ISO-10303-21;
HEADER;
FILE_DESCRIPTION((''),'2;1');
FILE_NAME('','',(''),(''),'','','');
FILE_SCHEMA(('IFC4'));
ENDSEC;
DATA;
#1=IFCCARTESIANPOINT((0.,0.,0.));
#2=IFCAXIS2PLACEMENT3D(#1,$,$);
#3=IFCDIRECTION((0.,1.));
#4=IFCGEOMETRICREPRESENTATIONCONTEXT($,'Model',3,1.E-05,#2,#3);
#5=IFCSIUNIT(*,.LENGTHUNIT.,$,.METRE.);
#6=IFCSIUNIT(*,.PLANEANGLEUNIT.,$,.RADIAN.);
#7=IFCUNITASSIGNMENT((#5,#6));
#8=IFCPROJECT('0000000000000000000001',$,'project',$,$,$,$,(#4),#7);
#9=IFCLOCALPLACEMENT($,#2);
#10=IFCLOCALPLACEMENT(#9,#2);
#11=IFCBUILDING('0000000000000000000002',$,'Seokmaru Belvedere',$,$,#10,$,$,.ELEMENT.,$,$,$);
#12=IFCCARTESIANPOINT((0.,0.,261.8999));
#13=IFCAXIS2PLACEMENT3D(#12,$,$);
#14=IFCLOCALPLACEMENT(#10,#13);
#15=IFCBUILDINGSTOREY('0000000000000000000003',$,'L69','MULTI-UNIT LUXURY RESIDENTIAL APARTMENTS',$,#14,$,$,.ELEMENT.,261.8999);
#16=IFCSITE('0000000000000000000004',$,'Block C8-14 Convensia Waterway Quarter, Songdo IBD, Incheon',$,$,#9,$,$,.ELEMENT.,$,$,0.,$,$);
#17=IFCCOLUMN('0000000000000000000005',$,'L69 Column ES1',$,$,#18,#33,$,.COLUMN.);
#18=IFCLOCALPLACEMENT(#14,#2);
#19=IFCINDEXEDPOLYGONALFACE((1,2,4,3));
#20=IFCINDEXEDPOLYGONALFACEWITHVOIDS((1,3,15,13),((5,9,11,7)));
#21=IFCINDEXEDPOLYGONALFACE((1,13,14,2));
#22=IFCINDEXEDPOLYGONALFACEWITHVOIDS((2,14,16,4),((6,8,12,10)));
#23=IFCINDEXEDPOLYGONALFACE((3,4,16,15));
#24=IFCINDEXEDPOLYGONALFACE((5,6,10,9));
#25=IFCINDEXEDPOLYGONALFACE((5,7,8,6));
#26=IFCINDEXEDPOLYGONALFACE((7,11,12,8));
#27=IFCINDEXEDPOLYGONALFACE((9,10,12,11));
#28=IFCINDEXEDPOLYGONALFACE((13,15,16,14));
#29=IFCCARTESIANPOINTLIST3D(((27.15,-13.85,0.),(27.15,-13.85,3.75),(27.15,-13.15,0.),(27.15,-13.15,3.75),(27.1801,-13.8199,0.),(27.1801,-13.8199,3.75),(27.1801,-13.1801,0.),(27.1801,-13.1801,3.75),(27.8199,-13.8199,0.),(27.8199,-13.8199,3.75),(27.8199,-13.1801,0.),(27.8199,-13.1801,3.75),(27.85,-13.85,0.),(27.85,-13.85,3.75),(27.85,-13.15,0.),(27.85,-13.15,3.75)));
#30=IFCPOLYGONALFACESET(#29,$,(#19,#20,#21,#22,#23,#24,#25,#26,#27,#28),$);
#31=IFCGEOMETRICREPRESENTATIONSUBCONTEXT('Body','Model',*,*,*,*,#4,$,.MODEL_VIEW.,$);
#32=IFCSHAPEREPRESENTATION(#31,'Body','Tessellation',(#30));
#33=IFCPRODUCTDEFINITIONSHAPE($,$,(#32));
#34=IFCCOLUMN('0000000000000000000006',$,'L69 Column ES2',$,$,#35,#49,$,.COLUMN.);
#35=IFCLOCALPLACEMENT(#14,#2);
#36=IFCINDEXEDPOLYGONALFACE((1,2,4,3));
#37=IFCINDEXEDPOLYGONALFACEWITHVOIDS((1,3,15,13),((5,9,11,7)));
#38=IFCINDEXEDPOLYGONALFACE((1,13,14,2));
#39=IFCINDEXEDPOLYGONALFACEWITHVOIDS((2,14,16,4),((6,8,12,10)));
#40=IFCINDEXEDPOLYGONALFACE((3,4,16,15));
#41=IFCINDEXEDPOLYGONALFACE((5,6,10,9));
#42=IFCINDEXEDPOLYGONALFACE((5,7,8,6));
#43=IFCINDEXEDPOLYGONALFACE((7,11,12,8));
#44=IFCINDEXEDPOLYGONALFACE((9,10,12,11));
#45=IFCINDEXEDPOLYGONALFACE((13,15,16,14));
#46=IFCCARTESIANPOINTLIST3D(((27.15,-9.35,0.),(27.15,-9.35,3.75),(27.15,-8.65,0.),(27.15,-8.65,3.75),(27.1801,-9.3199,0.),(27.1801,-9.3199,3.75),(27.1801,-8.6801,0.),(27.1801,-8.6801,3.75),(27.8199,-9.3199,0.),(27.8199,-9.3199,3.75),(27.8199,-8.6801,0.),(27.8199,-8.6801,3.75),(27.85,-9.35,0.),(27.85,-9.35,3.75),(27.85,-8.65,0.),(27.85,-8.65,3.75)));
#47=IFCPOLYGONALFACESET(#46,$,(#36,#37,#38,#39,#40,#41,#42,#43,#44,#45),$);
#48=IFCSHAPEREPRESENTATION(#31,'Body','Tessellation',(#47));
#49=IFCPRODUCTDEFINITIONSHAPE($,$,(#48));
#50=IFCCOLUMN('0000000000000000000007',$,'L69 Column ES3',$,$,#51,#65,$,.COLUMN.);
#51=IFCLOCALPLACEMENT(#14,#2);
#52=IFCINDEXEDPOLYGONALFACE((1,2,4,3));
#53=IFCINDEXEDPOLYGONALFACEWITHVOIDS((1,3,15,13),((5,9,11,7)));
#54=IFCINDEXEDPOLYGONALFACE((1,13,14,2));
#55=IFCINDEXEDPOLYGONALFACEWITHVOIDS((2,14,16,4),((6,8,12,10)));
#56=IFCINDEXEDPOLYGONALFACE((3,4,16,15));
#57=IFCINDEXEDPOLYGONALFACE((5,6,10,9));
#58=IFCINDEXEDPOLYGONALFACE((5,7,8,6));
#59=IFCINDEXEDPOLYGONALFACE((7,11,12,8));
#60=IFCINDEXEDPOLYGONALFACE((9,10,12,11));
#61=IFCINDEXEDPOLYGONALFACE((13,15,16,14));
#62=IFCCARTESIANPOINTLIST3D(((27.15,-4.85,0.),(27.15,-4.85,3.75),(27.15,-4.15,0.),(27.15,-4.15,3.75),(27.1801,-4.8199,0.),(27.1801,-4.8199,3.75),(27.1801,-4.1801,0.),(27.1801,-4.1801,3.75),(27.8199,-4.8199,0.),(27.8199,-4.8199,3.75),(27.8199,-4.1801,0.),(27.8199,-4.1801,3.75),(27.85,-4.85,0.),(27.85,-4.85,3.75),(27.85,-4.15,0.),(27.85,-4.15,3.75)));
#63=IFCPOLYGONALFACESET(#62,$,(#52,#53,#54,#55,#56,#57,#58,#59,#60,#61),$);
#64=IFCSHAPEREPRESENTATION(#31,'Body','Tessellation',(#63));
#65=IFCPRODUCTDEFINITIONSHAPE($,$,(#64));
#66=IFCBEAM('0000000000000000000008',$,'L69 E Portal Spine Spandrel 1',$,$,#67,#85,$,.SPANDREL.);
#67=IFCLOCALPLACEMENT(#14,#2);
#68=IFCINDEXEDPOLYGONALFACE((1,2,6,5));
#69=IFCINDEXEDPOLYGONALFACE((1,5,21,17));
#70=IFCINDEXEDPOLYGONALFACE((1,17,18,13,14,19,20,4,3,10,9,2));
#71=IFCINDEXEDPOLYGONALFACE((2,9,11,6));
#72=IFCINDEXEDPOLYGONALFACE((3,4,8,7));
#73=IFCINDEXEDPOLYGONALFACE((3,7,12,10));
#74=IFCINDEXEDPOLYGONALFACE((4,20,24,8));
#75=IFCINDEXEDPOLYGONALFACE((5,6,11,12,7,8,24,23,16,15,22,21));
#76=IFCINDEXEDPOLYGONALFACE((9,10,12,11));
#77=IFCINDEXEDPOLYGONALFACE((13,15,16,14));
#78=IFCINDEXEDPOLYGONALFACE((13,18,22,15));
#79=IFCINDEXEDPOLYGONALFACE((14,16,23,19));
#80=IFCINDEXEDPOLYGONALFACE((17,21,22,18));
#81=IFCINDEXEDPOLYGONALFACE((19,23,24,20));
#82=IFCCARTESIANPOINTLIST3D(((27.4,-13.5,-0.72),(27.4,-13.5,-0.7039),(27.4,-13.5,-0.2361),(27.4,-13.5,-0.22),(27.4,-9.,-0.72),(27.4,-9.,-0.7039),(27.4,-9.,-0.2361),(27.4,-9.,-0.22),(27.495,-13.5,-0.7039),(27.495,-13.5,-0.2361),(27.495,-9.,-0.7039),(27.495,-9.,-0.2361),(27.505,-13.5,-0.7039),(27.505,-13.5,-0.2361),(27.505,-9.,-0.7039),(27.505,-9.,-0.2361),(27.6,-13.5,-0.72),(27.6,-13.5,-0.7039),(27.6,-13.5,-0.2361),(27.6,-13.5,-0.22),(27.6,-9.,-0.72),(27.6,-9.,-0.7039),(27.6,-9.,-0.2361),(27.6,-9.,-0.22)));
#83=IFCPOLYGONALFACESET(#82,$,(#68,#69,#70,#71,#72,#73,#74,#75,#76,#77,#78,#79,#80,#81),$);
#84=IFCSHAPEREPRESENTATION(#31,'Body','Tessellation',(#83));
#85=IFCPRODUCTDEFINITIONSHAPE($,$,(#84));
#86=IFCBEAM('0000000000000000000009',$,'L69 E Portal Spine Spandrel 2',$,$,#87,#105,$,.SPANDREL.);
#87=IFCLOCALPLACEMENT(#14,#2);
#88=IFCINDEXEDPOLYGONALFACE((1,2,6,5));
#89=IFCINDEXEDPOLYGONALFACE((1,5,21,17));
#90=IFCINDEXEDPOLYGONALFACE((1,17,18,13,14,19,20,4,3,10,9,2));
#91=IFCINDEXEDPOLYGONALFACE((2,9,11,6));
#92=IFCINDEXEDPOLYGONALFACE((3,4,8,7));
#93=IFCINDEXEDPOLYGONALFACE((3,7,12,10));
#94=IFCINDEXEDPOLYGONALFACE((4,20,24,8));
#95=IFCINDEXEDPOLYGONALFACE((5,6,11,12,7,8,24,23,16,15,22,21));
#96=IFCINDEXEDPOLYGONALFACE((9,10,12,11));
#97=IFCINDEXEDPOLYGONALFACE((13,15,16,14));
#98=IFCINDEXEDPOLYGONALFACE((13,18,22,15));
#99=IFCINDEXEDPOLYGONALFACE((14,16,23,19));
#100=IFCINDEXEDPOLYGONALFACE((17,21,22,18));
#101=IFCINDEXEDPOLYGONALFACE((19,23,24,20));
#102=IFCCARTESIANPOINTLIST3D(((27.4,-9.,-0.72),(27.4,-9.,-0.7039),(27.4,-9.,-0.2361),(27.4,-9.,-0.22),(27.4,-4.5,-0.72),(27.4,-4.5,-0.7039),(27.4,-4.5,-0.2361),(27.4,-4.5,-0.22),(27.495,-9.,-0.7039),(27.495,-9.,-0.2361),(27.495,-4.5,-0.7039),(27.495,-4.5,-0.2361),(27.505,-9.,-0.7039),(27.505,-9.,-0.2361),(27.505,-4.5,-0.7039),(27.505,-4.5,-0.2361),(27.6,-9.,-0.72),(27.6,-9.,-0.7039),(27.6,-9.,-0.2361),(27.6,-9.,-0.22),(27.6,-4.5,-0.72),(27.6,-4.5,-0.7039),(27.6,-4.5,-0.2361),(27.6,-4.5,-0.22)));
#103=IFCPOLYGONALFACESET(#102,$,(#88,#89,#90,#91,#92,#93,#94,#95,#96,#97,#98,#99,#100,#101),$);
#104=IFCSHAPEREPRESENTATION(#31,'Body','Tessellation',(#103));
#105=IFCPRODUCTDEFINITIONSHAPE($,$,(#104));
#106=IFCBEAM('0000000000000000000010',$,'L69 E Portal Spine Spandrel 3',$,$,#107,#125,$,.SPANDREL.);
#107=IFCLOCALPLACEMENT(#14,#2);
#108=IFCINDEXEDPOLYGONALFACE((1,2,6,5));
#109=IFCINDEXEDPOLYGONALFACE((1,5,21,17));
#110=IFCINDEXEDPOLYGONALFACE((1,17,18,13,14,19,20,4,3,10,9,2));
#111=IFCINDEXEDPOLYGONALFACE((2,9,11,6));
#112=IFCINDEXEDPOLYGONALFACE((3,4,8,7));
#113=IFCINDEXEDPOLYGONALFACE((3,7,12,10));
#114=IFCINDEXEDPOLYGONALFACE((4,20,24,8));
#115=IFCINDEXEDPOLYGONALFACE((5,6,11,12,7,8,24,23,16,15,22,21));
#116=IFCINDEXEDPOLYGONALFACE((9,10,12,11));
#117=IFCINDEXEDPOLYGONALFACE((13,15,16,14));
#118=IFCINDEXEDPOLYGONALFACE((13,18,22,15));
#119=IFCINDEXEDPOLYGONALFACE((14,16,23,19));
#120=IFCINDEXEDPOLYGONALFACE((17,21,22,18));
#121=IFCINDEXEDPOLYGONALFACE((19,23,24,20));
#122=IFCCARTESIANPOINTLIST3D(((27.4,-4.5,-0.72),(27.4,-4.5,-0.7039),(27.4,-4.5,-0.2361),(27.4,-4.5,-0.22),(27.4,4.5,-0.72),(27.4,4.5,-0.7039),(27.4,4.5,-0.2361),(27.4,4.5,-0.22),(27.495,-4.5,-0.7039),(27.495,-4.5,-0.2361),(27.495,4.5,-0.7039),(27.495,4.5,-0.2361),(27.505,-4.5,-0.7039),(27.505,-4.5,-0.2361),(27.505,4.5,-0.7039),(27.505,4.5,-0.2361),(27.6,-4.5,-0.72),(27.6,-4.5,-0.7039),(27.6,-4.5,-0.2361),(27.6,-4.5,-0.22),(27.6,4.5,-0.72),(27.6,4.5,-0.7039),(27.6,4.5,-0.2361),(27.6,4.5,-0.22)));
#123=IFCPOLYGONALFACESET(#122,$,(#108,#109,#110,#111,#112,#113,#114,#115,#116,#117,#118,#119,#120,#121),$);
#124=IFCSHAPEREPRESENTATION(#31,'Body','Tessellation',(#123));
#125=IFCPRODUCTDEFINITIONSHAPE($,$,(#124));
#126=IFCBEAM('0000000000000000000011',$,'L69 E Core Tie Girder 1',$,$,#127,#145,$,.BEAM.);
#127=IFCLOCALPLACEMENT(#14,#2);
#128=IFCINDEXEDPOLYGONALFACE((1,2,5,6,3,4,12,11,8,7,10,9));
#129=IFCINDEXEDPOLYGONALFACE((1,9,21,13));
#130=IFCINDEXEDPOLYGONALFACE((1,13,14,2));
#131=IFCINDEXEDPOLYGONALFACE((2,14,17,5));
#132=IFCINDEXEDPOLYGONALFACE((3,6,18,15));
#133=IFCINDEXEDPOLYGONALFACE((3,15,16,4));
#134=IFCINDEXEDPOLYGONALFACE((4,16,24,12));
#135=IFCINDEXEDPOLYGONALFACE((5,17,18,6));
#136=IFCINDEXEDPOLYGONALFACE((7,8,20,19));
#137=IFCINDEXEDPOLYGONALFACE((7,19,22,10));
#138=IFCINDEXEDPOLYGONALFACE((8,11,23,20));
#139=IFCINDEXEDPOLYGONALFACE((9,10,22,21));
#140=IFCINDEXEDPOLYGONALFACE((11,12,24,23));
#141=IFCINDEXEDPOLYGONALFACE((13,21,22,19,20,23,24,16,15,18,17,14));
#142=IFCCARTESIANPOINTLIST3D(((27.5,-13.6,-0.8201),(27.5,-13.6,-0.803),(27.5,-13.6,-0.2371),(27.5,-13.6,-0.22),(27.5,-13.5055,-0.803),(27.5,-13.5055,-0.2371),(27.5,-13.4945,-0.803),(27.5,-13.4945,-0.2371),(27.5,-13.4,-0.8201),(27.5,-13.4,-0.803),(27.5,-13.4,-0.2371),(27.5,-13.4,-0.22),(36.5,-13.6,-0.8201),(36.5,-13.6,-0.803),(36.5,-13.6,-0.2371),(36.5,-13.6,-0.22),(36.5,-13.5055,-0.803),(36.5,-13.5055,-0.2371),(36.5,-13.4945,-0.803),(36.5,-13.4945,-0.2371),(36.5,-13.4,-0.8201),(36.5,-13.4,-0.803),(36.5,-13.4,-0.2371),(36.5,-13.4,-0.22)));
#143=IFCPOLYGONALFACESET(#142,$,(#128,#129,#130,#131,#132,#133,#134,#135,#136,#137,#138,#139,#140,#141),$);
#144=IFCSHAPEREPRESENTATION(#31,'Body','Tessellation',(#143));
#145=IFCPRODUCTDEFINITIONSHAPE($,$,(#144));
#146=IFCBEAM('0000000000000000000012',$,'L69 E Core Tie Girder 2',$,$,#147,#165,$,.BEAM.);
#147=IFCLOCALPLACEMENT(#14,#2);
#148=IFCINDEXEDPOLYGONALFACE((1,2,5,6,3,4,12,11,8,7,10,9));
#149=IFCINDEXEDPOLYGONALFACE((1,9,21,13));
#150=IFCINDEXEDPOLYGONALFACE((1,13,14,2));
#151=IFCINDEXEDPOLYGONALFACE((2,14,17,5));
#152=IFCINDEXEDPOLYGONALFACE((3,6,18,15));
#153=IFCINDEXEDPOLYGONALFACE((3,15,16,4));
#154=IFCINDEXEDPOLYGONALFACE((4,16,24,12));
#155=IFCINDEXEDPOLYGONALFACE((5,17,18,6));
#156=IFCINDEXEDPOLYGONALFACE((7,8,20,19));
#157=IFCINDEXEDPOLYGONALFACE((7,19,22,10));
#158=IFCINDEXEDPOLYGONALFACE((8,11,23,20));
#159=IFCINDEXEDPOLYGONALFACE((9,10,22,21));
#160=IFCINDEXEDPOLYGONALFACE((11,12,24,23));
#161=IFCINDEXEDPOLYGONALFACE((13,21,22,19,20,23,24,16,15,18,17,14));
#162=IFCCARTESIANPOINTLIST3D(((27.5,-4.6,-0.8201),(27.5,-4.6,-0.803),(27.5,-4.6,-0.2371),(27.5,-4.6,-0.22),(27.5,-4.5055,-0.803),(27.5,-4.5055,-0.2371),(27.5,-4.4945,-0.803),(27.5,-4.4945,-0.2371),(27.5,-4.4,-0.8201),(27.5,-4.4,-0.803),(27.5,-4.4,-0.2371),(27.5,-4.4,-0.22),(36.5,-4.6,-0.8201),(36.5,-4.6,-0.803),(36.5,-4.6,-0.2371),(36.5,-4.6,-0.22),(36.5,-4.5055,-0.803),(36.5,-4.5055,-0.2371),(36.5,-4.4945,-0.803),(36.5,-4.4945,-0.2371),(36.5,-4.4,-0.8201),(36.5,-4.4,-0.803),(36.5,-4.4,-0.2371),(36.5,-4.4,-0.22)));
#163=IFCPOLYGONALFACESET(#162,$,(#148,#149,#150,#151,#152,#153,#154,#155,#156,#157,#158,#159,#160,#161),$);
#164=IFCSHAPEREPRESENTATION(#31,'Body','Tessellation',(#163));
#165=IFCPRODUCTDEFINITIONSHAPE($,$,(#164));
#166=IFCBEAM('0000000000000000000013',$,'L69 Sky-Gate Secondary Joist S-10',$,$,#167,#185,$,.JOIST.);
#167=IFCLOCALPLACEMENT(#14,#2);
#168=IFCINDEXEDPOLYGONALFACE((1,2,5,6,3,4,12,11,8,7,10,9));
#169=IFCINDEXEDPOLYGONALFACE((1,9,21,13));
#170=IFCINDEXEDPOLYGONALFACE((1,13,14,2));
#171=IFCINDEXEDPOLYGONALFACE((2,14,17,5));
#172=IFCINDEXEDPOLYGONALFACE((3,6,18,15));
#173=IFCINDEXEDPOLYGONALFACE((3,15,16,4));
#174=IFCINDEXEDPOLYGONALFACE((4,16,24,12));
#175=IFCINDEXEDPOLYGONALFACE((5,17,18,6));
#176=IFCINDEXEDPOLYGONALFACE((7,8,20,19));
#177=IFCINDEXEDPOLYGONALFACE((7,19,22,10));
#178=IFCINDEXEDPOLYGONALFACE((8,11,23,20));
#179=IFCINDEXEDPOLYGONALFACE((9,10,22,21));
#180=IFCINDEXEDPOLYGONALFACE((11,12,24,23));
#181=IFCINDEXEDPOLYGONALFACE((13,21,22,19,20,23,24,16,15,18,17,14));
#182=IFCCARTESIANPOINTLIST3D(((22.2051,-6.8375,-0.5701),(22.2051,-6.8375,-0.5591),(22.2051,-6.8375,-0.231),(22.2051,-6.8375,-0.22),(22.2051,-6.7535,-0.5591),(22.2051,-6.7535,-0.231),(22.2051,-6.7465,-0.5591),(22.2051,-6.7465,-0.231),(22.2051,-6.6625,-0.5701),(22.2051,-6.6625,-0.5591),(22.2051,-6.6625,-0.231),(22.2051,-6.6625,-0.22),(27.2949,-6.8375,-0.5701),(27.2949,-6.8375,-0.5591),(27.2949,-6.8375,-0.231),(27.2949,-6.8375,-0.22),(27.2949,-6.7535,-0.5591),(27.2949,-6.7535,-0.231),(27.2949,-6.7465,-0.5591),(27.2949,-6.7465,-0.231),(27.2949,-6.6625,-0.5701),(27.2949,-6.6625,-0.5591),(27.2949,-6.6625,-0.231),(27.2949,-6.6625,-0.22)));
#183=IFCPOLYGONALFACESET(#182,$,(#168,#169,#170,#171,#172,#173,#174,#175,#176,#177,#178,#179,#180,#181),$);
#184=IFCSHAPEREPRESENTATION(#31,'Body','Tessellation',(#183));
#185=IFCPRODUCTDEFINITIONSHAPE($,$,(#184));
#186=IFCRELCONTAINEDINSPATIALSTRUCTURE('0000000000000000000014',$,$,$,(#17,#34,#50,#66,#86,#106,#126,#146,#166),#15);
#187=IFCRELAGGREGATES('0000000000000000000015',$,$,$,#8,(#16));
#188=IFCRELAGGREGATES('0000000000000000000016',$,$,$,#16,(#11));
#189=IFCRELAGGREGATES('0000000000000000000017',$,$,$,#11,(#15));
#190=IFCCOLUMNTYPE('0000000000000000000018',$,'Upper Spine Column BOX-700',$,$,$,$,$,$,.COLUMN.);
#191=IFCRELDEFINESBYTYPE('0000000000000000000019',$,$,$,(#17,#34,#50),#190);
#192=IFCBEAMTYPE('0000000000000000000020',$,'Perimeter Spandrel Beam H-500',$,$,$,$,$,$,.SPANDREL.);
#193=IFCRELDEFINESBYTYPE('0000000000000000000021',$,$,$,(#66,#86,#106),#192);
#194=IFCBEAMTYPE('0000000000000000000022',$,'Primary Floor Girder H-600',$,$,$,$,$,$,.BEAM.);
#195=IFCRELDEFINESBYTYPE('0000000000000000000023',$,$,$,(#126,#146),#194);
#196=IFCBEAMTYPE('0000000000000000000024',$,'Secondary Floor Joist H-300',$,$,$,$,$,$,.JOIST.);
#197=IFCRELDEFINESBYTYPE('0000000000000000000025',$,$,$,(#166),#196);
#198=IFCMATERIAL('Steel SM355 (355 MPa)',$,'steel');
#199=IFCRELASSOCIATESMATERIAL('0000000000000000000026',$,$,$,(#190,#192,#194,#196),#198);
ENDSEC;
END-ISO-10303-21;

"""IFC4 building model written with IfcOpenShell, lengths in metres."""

from ifc_helpers import new_model, si_unit, direction, frame, origin, origin_2d, place, context, subcontext, project, spatial, hollow_rectangle, i_section, extrude, source, transform, mapped, material, material_profile, profile_set, type_object, type_shapes, element, save


model = new_model("IFC4")

# Units and contexts
model_context = context("Model", 3, precision=1e-05, world=origin(), true_north=direction((0.0, 1.0)))
body_context = subcontext(model_context, "Body", "Model", "MODEL_VIEW")
ifc_project = project(units=[si_unit("LENGTHUNIT", "METRE"), si_unit("PLANEANGLEUNIT", "RADIAN")], contexts=[model_context])

# Site, building, storey
site_placement = place(None, origin())
site = spatial("IfcSite", under=ifc_project, at=site_placement, Name="Block C8-14 Convensia Waterway Quarter, Songdo IBD, Incheon", CompositionType="ELEMENT", RefElevation=0.0)
building_placement = place(site_placement, origin())
building = spatial("IfcBuilding", under=site, at=building_placement, Name="Seokmaru Belvedere", CompositionType="ELEMENT")
storey_placement = place(building_placement, frame((0.0, 0.0, 261.8999)))
storey = spatial("IfcBuildingStorey", under=building, at=storey_placement, Name="L69", Description="MULTI-UNIT LUXURY RESIDENTIAL APARTMENTS", CompositionType="ELEMENT", Elevation=261.8999)

# Columns
ifc_material_1 = material(Name="Steel SM355 (355 MPa)", Category="steel")
ifc_material_profile_1 = material_profile(ifc_material_1, hollow_rectangle(XDim=0.7, YDim=0.7, WallThickness=0.03, at=origin_2d()), Name="BOX-700x700x30")
ifc_profile_set_1 = profile_set([ifc_material_profile_1], Name="Steel SM355 (355 MPa)")
column_type = type_object("IfcColumnType", Name="Upper Spine Column BOX-700", PredefinedType="COLUMN", material=ifc_profile_set_1)
shared_shape_1 = source(origin(), body_context, "Body", "SweptSolid", [
    extrude(hollow_rectangle(XDim=0.7, YDim=0.7, WallThickness=0.03, at=origin_2d()), origin(), (0.0, 0.0, 1.0), 3.75),
])
type_shapes(column_type, [shared_shape_1])
for number, where, z_axis, x_axis, name in (
    (1, (27.5, -13.5, 0.0), (0.0, 0.0, 1.0), (1.0, 0.0, 0.0), "L69 Column ES1"),
    (2, (27.5, -9.0, 0.0), (0.0, 0.0, 1.0), (1.0, 0.0, 0.0), "L69 Column ES2"),
    (3, (27.5, -4.5, 0.0), (0.0, 0.0, 1.0), (1.0, 0.0, 0.0), "L69 Column ES3"),
):
    element("IfcColumn", number, at=place(storey_placement, frame(where, z_axis=z_axis, x_axis=x_axis)), inside=storey, type_object=column_type, Name=name, PredefinedType="COLUMN", context=body_context, shape_type="MappedRepresentation", body=[
        mapped(shared_shape_1, transform((0.0, 0.0, 0.0), scale=1.0)),
    ])

# Beams
ifc_material_profile_2 = material_profile(ifc_material_1, i_section(OverallWidth=0.2, OverallDepth=0.5, WebThickness=0.01, FlangeThickness=0.0161, at=origin_2d()), Name="H-500x200x10x16")
ifc_profile_set_2 = profile_set([ifc_material_profile_2], Name="Steel SM355 (355 MPa)")
beam_type_1 = type_object("IfcBeamType", Name="Perimeter Spandrel Beam H-500", PredefinedType="SPANDREL", material=ifc_profile_set_2)
shared_shape_2 = source(origin(), body_context, "Body", "SweptSolid", [
    extrude(i_section(OverallWidth=0.2, OverallDepth=0.5, WebThickness=0.01, FlangeThickness=0.0161, at=origin_2d()), origin(), (0.0, 0.0, 1.0), 4.5),
])
for number, where, z_axis, x_axis, name in (
    (4, (27.5, -13.5, -0.47), (0.0, 1.0, 0.0), (-1.0, 0.0, 0.0), "L69 E Portal Spine Spandrel 1"),
    (5, (27.5, -9.0, -0.47), (0.0, 1.0, 0.0), (-1.0, 0.0, 0.0), "L69 E Portal Spine Spandrel 2"),
):
    element("IfcBeam", number, at=place(storey_placement, frame(where, z_axis=z_axis, x_axis=x_axis)), inside=storey, type_object=beam_type_1, Name=name, PredefinedType="SPANDREL", context=body_context, shape_type="MappedRepresentation", body=[
        mapped(shared_shape_2, transform((0.0, 0.0, 0.0), scale=1.0)),
    ])
shared_shape_3 = source(origin(), body_context, "Body", "SweptSolid", [
    extrude(i_section(OverallWidth=0.2, OverallDepth=0.5, WebThickness=0.01, FlangeThickness=0.0161, at=origin_2d()), origin(), (0.0, 0.0, 1.0), 9.0),
])
type_shapes(beam_type_1, [shared_shape_2, shared_shape_3])
beam_1_placement = place(storey_placement, frame((27.5, -4.5, -0.47), z_axis=(0.0, 1.0, 0.0), x_axis=(-1.0, 0.0, 0.0)))
element("IfcBeam", 6, at=beam_1_placement, inside=storey, type_object=beam_type_1, Name="L69 E Portal Spine Spandrel 3", PredefinedType="SPANDREL", context=body_context, shape_type="MappedRepresentation", body=[
    mapped(shared_shape_3, transform((0.0, 0.0, 0.0), scale=1.0)),
])
ifc_material_profile_3 = material_profile(ifc_material_1, i_section(OverallWidth=0.2, OverallDepth=0.6001, WebThickness=0.011, FlangeThickness=0.0171, at=origin_2d()), Name="H-600x200x11x17")
ifc_profile_set_3 = profile_set([ifc_material_profile_3], Name="Steel SM355 (355 MPa)")
beam_type_2 = type_object("IfcBeamType", Name="Primary Floor Girder H-600", PredefinedType="BEAM", material=ifc_profile_set_3)
shared_shape_4 = source(origin(), body_context, "Body", "SweptSolid", [
    extrude(i_section(OverallWidth=0.2, OverallDepth=0.6001, WebThickness=0.011, FlangeThickness=0.0171, at=origin_2d()), origin(), (0.0, 0.0, 1.0), 9.0),
])
type_shapes(beam_type_2, [shared_shape_4])
for number, where, z_axis, x_axis, name in (
    (7, (27.5, -13.5, -0.52), (1.0, 0.0, 0.0), (0.0, 1.0, 0.0), "L69 E Core Tie Girder 1"),
    (8, (27.5, -4.5, -0.52), (1.0, 0.0, 0.0), (0.0, 1.0, 0.0), "L69 E Core Tie Girder 2"),
):
    element("IfcBeam", number, at=place(storey_placement, frame(where, z_axis=z_axis, x_axis=x_axis)), inside=storey, type_object=beam_type_2, Name=name, PredefinedType="BEAM", context=body_context, shape_type="MappedRepresentation", body=[
        mapped(shared_shape_4, transform((0.0, 0.0, 0.0), scale=1.0)),
    ])
ifc_material_profile_4 = material_profile(ifc_material_1, i_section(OverallWidth=0.175, OverallDepth=0.3501, WebThickness=0.0071, FlangeThickness=0.011, at=origin_2d()), Name="H-350x175x7x11")
ifc_profile_set_4 = profile_set([ifc_material_profile_4], Name="Steel SM355 (355 MPa)")
beam_type_3 = type_object("IfcBeamType", Name="Secondary Floor Joist H-300", PredefinedType="JOIST", material=ifc_profile_set_4)
shared_shape_5 = source(origin(), body_context, "Body", "SweptSolid", [
    extrude(i_section(OverallWidth=0.175, OverallDepth=0.3501, WebThickness=0.0071, FlangeThickness=0.011, at=origin_2d()), origin(), (0.0, 0.0, 1.0), 5.0898),
])
type_shapes(beam_type_3, [shared_shape_5])
beam_2_placement = place(storey_placement, frame((22.2051, -6.75, -0.395), z_axis=(1.0, 0.0, 0.0), x_axis=(0.0, 1.0, 0.0)))
element("IfcBeam", 9, at=beam_2_placement, inside=storey, type_object=beam_type_3, Name="L69 Sky-Gate Secondary Joist S-10", PredefinedType="JOIST", context=body_context, shape_type="MappedRepresentation", body=[
    mapped(shared_shape_5, transform((0.0, 0.0, 0.0), scale=1.0)),
])

save(model, "model.ifc")
